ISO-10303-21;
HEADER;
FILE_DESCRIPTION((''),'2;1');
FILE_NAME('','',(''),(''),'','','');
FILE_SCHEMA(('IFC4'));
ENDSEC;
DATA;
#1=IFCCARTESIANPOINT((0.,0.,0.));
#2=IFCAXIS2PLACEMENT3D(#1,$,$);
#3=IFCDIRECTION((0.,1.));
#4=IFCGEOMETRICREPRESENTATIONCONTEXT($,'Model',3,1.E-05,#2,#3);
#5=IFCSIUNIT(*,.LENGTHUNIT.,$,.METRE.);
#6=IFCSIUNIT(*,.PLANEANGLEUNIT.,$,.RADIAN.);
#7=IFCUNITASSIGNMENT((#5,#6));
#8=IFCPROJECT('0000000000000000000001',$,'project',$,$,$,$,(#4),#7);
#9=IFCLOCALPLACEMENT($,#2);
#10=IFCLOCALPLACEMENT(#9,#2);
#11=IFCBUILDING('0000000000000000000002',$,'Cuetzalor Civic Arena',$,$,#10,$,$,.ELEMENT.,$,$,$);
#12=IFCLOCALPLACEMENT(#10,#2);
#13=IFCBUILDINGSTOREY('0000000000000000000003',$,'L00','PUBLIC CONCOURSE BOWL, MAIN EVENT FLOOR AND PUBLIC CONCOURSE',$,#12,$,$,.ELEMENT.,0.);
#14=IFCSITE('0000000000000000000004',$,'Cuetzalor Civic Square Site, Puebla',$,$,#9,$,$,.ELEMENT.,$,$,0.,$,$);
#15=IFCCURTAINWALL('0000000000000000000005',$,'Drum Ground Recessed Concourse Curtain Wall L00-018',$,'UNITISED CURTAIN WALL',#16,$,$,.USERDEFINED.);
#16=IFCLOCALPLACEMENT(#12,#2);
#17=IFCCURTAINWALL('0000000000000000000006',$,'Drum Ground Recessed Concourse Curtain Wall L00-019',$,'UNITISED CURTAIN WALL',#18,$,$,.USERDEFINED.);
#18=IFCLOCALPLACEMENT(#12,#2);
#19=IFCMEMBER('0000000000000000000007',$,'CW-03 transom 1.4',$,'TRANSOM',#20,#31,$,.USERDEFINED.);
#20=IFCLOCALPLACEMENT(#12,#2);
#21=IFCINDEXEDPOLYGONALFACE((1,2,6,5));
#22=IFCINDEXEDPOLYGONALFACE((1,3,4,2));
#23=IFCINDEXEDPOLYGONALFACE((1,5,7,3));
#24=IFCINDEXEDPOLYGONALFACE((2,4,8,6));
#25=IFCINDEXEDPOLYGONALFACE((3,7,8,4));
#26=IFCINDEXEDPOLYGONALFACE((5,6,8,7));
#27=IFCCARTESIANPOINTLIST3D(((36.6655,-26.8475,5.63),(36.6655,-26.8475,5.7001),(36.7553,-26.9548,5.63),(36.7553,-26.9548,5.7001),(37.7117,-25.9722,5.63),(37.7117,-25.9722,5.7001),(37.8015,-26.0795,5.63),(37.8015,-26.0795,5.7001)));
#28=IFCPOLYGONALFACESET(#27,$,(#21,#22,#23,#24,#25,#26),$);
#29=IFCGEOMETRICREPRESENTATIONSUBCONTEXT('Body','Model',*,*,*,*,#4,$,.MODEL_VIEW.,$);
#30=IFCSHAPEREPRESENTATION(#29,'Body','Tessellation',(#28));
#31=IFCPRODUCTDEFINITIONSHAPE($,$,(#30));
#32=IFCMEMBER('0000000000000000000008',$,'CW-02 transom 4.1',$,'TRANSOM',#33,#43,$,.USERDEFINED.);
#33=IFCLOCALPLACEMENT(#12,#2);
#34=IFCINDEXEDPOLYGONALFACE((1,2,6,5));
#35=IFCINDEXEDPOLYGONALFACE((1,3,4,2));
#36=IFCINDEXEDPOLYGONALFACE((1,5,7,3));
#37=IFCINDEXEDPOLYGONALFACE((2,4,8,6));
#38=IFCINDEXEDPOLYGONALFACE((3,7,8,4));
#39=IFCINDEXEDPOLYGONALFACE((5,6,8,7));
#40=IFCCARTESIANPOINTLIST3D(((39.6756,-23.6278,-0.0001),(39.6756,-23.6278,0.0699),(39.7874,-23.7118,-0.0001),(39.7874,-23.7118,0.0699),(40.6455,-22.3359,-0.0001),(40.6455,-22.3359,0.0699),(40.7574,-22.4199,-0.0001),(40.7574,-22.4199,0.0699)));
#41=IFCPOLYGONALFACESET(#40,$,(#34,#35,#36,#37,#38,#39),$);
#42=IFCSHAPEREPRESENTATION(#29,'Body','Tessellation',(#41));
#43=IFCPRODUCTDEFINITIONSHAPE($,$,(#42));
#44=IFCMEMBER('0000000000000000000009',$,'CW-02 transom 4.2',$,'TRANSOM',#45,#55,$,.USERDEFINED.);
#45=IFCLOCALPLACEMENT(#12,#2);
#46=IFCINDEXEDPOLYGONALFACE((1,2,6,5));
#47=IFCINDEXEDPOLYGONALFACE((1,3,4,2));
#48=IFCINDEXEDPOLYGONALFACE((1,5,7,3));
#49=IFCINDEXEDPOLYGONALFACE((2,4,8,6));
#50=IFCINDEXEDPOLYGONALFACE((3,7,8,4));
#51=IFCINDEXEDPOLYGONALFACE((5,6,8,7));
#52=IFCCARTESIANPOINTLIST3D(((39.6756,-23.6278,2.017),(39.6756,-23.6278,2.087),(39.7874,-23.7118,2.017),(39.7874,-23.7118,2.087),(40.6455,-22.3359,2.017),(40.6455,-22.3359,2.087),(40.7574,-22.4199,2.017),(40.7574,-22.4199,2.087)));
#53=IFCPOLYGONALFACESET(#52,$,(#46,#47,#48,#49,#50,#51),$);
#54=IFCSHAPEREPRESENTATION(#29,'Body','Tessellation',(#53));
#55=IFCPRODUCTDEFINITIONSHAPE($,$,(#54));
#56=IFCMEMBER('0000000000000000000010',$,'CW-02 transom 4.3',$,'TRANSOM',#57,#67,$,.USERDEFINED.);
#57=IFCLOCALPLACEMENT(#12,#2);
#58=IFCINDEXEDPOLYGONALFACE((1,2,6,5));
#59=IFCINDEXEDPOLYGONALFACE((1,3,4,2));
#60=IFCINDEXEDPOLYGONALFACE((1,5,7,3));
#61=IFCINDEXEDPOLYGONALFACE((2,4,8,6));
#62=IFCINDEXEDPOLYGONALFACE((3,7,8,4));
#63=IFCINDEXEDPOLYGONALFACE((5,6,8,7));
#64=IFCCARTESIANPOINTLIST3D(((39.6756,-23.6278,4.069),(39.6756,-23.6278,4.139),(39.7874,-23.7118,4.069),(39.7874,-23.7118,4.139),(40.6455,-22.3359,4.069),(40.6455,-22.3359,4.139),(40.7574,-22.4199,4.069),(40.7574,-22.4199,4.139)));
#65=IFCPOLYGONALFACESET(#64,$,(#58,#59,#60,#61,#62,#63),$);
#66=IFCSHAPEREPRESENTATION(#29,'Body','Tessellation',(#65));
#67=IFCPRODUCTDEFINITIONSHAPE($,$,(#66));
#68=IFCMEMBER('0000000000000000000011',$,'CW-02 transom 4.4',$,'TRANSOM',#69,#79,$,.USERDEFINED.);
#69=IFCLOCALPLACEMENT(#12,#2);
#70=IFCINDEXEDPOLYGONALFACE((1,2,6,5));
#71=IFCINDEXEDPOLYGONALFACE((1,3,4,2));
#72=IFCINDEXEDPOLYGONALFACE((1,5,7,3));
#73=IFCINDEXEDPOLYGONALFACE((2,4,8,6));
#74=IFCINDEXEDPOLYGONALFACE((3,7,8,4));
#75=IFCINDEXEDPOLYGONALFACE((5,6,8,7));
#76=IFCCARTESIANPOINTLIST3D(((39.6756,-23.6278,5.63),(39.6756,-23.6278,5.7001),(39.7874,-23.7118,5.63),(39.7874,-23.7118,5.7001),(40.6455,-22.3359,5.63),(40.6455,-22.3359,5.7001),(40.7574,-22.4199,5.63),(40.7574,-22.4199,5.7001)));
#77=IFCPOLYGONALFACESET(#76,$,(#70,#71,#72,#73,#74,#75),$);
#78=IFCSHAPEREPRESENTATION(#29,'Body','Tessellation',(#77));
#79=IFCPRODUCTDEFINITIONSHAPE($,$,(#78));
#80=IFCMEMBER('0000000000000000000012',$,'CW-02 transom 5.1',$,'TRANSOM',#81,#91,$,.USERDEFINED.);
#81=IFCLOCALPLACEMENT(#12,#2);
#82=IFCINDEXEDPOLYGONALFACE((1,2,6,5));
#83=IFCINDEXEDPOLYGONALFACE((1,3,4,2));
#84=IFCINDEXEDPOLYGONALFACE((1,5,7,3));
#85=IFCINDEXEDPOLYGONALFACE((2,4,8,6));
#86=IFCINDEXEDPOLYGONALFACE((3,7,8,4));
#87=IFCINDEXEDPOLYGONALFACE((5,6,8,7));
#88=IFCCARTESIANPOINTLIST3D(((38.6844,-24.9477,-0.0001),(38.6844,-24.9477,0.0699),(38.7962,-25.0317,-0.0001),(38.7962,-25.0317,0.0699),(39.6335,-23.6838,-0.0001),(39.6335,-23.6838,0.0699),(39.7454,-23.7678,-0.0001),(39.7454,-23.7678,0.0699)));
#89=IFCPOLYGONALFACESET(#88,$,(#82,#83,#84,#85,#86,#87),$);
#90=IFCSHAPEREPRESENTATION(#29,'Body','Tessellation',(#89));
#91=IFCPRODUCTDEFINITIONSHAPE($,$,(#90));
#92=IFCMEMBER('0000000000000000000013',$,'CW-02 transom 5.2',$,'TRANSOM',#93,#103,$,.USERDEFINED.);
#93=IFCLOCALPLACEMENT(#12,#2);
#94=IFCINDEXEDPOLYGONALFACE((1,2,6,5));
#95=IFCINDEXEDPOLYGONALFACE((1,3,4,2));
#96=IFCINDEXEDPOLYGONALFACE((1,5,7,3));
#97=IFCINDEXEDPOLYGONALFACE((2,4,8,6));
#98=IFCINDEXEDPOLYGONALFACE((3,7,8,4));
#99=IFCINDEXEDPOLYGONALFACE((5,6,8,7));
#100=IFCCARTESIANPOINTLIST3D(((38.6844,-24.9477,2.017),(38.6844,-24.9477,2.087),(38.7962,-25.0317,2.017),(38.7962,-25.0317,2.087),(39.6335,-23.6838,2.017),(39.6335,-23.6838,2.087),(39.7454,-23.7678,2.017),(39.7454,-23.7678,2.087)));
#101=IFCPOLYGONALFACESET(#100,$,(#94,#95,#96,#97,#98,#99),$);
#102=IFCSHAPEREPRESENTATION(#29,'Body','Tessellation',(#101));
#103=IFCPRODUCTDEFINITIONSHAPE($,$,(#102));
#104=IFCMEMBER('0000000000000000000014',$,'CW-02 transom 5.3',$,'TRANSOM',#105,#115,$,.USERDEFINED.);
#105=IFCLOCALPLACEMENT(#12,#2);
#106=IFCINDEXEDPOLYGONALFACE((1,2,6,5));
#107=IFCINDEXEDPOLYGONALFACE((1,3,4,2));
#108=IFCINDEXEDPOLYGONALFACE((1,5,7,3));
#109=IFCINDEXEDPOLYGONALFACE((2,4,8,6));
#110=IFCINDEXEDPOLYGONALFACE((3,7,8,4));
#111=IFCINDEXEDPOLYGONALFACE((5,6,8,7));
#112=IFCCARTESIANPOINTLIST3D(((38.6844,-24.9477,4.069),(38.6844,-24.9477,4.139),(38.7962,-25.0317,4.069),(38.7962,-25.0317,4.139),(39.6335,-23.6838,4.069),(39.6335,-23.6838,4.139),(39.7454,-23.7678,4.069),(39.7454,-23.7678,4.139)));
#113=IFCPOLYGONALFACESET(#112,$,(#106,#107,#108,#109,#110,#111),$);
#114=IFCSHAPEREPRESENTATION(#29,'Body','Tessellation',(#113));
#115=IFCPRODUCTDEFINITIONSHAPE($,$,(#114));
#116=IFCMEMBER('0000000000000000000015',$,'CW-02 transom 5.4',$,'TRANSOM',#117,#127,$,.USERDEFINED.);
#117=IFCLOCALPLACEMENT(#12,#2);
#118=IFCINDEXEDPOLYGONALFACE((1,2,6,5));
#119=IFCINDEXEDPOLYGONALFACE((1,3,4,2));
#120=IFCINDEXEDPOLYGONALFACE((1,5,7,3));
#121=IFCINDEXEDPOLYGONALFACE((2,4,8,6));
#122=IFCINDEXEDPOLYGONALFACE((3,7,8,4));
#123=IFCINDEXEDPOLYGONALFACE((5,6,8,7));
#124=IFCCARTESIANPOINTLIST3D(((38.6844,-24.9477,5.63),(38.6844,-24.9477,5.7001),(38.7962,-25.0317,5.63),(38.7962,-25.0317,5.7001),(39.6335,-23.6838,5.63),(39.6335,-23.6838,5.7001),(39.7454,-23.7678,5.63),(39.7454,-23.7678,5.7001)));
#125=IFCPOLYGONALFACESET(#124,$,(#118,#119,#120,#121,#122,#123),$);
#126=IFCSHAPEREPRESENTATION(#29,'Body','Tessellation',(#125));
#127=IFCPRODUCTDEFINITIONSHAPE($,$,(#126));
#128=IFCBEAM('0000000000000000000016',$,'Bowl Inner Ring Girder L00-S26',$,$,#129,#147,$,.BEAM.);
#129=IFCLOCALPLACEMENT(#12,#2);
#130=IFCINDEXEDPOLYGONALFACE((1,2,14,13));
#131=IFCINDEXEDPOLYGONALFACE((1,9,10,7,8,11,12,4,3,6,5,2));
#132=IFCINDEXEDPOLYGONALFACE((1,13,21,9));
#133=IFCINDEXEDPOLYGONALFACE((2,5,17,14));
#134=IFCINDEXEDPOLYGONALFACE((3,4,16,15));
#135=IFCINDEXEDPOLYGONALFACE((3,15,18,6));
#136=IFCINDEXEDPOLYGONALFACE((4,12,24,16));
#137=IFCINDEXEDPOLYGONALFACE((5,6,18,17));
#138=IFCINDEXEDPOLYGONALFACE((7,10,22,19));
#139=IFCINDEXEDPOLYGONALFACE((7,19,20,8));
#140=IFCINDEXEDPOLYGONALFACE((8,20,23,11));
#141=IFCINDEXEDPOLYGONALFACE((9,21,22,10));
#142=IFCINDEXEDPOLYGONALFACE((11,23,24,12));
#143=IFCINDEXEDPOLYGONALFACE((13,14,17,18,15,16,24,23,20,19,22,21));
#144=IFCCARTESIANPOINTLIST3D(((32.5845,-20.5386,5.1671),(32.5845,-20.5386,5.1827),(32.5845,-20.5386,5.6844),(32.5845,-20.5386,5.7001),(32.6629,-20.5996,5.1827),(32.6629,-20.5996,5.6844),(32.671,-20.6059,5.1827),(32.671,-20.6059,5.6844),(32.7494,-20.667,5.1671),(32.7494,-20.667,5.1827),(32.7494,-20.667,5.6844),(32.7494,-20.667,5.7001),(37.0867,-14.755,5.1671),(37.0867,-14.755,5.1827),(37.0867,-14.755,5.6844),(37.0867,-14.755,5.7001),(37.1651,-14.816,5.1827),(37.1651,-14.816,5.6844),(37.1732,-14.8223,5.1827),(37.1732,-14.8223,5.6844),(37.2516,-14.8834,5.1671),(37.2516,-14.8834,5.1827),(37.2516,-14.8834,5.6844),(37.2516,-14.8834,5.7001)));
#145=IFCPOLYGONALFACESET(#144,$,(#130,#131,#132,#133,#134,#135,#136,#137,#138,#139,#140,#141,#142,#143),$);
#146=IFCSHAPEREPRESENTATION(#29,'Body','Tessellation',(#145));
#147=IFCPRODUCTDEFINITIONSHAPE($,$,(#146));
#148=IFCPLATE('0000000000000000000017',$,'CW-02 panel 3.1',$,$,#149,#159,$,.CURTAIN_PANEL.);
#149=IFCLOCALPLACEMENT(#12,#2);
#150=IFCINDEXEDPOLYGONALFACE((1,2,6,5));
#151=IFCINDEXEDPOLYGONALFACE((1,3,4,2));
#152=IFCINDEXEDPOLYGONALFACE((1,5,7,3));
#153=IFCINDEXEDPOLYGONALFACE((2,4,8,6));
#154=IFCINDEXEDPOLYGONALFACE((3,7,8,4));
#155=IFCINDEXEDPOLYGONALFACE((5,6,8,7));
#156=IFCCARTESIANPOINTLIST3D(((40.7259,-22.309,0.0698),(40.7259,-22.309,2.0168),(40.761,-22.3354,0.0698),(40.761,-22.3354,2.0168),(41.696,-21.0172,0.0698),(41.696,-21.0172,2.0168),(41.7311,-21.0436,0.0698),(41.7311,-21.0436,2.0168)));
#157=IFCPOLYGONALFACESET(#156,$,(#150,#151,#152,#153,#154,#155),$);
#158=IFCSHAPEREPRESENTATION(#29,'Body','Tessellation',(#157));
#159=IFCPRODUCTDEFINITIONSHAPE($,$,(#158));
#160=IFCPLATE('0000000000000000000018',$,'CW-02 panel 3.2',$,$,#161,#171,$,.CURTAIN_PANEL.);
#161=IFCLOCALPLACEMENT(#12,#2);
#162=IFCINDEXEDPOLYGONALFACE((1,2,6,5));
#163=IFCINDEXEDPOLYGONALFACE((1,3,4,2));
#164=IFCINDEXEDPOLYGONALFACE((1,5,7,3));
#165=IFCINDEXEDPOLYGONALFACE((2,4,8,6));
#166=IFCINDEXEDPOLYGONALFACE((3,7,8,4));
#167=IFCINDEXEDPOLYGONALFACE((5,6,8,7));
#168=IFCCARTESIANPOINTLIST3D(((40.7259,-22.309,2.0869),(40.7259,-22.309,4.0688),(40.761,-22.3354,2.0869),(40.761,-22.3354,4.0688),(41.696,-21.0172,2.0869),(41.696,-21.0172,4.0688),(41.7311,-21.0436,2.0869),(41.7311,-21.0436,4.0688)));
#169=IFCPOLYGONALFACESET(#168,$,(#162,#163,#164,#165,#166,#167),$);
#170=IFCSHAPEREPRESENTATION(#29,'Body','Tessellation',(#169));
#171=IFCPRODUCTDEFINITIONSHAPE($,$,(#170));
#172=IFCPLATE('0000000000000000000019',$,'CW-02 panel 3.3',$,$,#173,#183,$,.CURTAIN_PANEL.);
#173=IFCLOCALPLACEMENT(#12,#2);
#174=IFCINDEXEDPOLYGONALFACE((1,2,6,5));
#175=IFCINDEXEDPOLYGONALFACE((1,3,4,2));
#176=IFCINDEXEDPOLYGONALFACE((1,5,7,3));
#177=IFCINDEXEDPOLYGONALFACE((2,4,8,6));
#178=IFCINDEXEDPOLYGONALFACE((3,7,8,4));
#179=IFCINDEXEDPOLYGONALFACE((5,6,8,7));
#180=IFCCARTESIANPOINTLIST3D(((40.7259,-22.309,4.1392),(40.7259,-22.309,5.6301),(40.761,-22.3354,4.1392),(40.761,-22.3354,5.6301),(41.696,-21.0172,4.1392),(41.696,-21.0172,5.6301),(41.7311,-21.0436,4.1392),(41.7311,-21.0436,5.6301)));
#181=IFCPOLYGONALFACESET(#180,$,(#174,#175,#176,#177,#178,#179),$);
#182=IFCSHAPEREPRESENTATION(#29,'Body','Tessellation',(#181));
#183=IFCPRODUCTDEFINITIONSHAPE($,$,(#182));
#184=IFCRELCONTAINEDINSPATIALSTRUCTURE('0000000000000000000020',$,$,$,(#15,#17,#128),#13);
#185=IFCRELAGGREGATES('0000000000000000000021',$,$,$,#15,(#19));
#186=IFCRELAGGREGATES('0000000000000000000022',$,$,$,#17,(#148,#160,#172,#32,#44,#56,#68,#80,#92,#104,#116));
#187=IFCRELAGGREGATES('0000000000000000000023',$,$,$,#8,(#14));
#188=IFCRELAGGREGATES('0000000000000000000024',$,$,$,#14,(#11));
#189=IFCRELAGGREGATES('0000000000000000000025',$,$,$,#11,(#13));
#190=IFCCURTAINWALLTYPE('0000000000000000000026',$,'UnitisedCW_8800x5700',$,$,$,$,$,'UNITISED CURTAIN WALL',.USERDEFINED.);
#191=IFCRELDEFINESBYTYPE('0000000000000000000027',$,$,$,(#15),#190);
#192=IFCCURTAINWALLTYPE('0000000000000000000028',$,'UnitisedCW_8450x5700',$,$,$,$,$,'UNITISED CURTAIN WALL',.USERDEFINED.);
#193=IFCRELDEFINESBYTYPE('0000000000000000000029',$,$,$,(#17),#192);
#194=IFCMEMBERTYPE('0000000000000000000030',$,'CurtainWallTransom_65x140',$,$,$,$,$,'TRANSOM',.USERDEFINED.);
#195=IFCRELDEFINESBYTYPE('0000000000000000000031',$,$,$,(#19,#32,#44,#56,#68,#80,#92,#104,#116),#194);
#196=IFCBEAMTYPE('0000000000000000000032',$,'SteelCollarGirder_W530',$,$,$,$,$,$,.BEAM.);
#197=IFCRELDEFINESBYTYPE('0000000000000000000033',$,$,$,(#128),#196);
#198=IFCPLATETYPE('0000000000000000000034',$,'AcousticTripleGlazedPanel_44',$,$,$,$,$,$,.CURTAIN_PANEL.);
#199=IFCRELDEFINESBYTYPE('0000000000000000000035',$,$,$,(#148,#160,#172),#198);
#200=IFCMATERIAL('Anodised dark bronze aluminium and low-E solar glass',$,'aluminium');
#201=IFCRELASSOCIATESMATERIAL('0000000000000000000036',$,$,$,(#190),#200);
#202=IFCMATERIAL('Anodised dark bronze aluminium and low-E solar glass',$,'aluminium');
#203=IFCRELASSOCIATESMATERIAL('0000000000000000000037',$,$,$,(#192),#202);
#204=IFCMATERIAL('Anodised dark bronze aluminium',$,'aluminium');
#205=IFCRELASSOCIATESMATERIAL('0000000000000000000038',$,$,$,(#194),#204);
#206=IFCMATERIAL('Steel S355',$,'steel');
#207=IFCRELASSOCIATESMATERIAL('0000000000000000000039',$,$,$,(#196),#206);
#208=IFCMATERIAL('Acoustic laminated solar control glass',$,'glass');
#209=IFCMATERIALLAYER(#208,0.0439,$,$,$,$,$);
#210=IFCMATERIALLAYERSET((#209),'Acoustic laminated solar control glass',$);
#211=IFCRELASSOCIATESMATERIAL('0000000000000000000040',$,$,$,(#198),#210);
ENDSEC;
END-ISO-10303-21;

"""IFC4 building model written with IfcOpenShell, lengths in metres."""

from ifc_helpers import new_model, si_unit, direction, frame, origin, origin_2d, place, context, subcontext, project, spatial, rectangle, i_section, extrude, material, layer, layer_set, material_profile, profile_set, type_object, element, aggregate, save


model = new_model("IFC4")

# Units and contexts
model_context = context("Model", 3, precision=1e-05, world=origin(), true_north=direction((0.0, 1.0)))
body_context = subcontext(model_context, "Body", "Model", "MODEL_VIEW")
ifc_project = project(units=[si_unit("LENGTHUNIT", "METRE"), si_unit("PLANEANGLEUNIT", "RADIAN")], contexts=[model_context])

# Site, building, storey
site_placement = place(None, origin())
site = spatial("IfcSite", under=ifc_project, at=site_placement, Name="Cuetzalor Civic Square Site, Puebla", CompositionType="ELEMENT", RefElevation=0.0)
building_placement = place(site_placement, origin())
building = spatial("IfcBuilding", under=site, at=building_placement, Name="Cuetzalor Civic Arena", CompositionType="ELEMENT")
storey_placement = place(building_placement, origin())
storey = spatial("IfcBuildingStorey", under=building, at=storey_placement, Name="L00", Description="PUBLIC CONCOURSE BOWL, MAIN EVENT FLOOR AND PUBLIC CONCOURSE", CompositionType="ELEMENT", Elevation=0.0)

# Curtain wall
ifc_material_1 = material(Name="Anodised dark bronze aluminium and low-E solar glass", Category="aluminium")
curtain_wall_type_1 = type_object("IfcCurtainWallType", Name="UnitisedCW_8800x5700", ElementType="UNITISED CURTAIN WALL", PredefinedType="USERDEFINED", material=ifc_material_1)
curtain_wall_1_placement = place(storey_placement, origin())
curtain_wall_1 = element("IfcCurtainWall", 1, at=curtain_wall_1_placement, inside=storey, type_object=curtain_wall_type_1, Name="Drum Ground Recessed Concourse Curtain Wall L00-018", ObjectType="UNITISED CURTAIN WALL", PredefinedType="USERDEFINED")

# Curtain wall
ifc_material_2 = material(Name="Anodised dark bronze aluminium and low-E solar glass", Category="aluminium")
curtain_wall_type_2 = type_object("IfcCurtainWallType", Name="UnitisedCW_8450x5700", ElementType="UNITISED CURTAIN WALL", PredefinedType="USERDEFINED", material=ifc_material_2)
curtain_wall_2_placement = place(storey_placement, origin())
curtain_wall_2 = element("IfcCurtainWall", 2, at=curtain_wall_2_placement, inside=storey, type_object=curtain_wall_type_2, Name="Drum Ground Recessed Concourse Curtain Wall L00-019", ObjectType="UNITISED CURTAIN WALL", PredefinedType="USERDEFINED")

# Members
ifc_material_3 = material(Name="Anodised dark bronze aluminium", Category="aluminium")
ifc_material_profile_1 = material_profile(ifc_material_3, rectangle(XDim=0.1399, YDim=0.0701, at=origin_2d()), Name="ALU TRANSOM 70x140")
ifc_profile_set_1 = profile_set([ifc_material_profile_1], Name="Anodised dark bronze aluminium")
member_type_1 = type_object("IfcMemberType", Name="CurtainWallTransom_65x140", ElementType="TRANSOM", PredefinedType="USERDEFINED", material=ifc_profile_set_1)
member_1_placement = place(storey_placement, frame((37.7566, -26.0259, 5.665), z_axis=(-0.766973, -0.64168, 0.0), x_axis=(0.64168, -0.766973, 0.0)))
member_1 = element("IfcMember", 3, at=member_1_placement, type_object=member_type_1, Name="CW-03 transom 1.4", ObjectType="TRANSOM", PredefinedType="USERDEFINED", context=body_context, shape_type="SweptSolid", body=[
    extrude(rectangle(XDim=0.1399, YDim=0.0701, at=origin_2d()), origin(), (0.0, 0.0, 1.0), 1.364),
])
aggregate(curtain_wall_1, [member_1])
member_2_placement = place(storey_placement, frame((40.7014, -22.3779, 0.0349), z_axis=(-0.600387, -0.79971, 0.0), x_axis=(0.79971, -0.600387, 0.0)))
member_2 = element("IfcMember", 4, at=member_2_placement, type_object=member_type_1, Name="CW-02 transom 4.1", ObjectType="TRANSOM", PredefinedType="USERDEFINED", context=body_context, shape_type="SweptSolid", body=[
    extrude(rectangle(XDim=0.1399, YDim=0.0701, at=origin_2d()), origin(), (0.0, 0.0, 1.0), 1.6155),
])
member_3_placement = place(storey_placement, frame((40.7014, -22.3779, 2.052), z_axis=(-0.600387, -0.79971, 0.0), x_axis=(0.79971, -0.600387, 0.0)))
member_3 = element("IfcMember", 5, at=member_3_placement, type_object=member_type_1, Name="CW-02 transom 4.2", ObjectType="TRANSOM", PredefinedType="USERDEFINED", context=body_context, shape_type="SweptSolid", body=[
    extrude(rectangle(XDim=0.1399, YDim=0.0701, at=origin_2d()), origin(), (0.0, 0.0, 1.0), 1.6155),
])
member_4_placement = place(storey_placement, frame((40.7014, -22.3779, 4.104), z_axis=(-0.600387, -0.79971, 0.0), x_axis=(0.79971, -0.600387, 0.0)))
member_4 = element("IfcMember", 6, at=member_4_placement, type_object=member_type_1, Name="CW-02 transom 4.3", ObjectType="TRANSOM", PredefinedType="USERDEFINED", context=body_context, shape_type="SweptSolid", body=[
    extrude(rectangle(XDim=0.1399, YDim=0.0701, at=origin_2d()), origin(), (0.0, 0.0, 1.0), 1.6155),
])
member_5_placement = place(storey_placement, frame((40.7014, -22.3779, 5.665), z_axis=(-0.600387, -0.79971, 0.0), x_axis=(0.79971, -0.600387, 0.0)))
member_5 = element("IfcMember", 7, at=member_5_placement, type_object=member_type_1, Name="CW-02 transom 4.4", ObjectType="TRANSOM", PredefinedType="USERDEFINED", context=body_context, shape_type="SweptSolid", body=[
    extrude(rectangle(XDim=0.1399, YDim=0.0701, at=origin_2d()), origin(), (0.0, 0.0, 1.0), 1.6155),
])
member_6_placement = place(storey_placement, frame((39.6895, -23.7258, 0.0349), z_axis=(-0.600519, -0.799611, 0.0), x_axis=(0.799611, -0.600519, 0.0)))
member_6 = element("IfcMember", 8, at=member_6_placement, type_object=member_type_1, Name="CW-02 transom 5.1", ObjectType="TRANSOM", PredefinedType="USERDEFINED", context=body_context, shape_type="SweptSolid", body=[
    extrude(rectangle(XDim=0.1399, YDim=0.0701, at=origin_2d()), origin(), (0.0, 0.0, 1.0), 1.5806),
])
member_7_placement = place(storey_placement, frame((39.6895, -23.7258, 2.052), z_axis=(-0.600519, -0.799611, 0.0), x_axis=(0.799611, -0.600519, 0.0)))
member_7 = element("IfcMember", 9, at=member_7_placement, type_object=member_type_1, Name="CW-02 transom 5.2", ObjectType="TRANSOM", PredefinedType="USERDEFINED", context=body_context, shape_type="SweptSolid", body=[
    extrude(rectangle(XDim=0.1399, YDim=0.0701, at=origin_2d()), origin(), (0.0, 0.0, 1.0), 1.5806),
])
member_8_placement = place(storey_placement, frame((39.6895, -23.7258, 4.104), z_axis=(-0.600519, -0.799611, 0.0), x_axis=(0.799611, -0.600519, 0.0)))
member_8 = element("IfcMember", 10, at=member_8_placement, type_object=member_type_1, Name="CW-02 transom 5.3", ObjectType="TRANSOM", PredefinedType="USERDEFINED", context=body_context, shape_type="SweptSolid", body=[
    extrude(rectangle(XDim=0.1399, YDim=0.0701, at=origin_2d()), origin(), (0.0, 0.0, 1.0), 1.5806),
])
member_9_placement = place(storey_placement, frame((39.6895, -23.7258, 5.665), z_axis=(-0.600519, -0.799611, 0.0), x_axis=(0.799611, -0.600519, 0.0)))
member_9 = element("IfcMember", 11, at=member_9_placement, type_object=member_type_1, Name="CW-02 transom 5.4", ObjectType="TRANSOM", PredefinedType="USERDEFINED", context=body_context, shape_type="SweptSolid", body=[
    extrude(rectangle(XDim=0.1399, YDim=0.0701, at=origin_2d()), origin(), (0.0, 0.0, 1.0), 1.5806),
])

# Beam
ifc_material_4 = material(Name="Steel S355", Category="steel")
ifc_material_profile_2 = material_profile(ifc_material_4, i_section(OverallWidth=0.209, OverallDepth=0.533, WebThickness=0.0103, FlangeThickness=0.0156, at=origin_2d()), Name="W530x92")
ifc_profile_set_2 = profile_set([ifc_material_profile_2], Name="Steel S355")
beam_type = type_object("IfcBeamType", Name="SteelCollarGirder_W530", PredefinedType="BEAM", material=ifc_profile_set_2)
beam_placement = place(storey_placement, frame((32.667, -20.6028, 5.4336), z_axis=(0.614261, 0.789103, 0.0), x_axis=(-0.789103, 0.614261, 0.0)))
element("IfcBeam", 12, at=beam_placement, inside=storey, type_object=beam_type, Name="Bowl Inner Ring Girder L00-S26", PredefinedType="BEAM", context=body_context, shape_type="SweptSolid", body=[
    extrude(i_section(OverallWidth=0.209, OverallDepth=0.533, WebThickness=0.0103, FlangeThickness=0.0156, at=origin_2d()), origin(), (0.0, 0.0, 1.0), 7.3293),
])

# Plates
ifc_material_5 = material(Name="Acoustic laminated solar control glass", Category="glass")
ifc_layer_1 = layer(ifc_material_5, 0.0439)
ifc_layer_set_1 = layer_set([ifc_layer_1], Name="Acoustic laminated solar control glass")
plate_type = type_object("IfcPlateType", Name="AcousticTripleGlazedPanel_44", PredefinedType="CURTAIN_PANEL", material=ifc_layer_set_1)
plate_1_placement = place(storey_placement, frame((41.2285, -21.6763, 0.0698), z_axis=(0.0, 0.0, 1.0), x_axis=(-0.600492, -0.799631, 0.0)))
plate_1 = element("IfcPlate", 13, at=plate_1_placement, type_object=plate_type, Name="CW-02 panel 3.1", PredefinedType="CURTAIN_PANEL", context=body_context, shape_type="SweptSolid", body=[
    extrude(rectangle(XDim=1.6155, YDim=0.0439, at=origin_2d()), origin(), (0.0, 0.0, 1.0), 1.947),
])
plate_2_placement = place(storey_placement, frame((41.2285, -21.6763, 2.0869), z_axis=(0.0, 0.0, 1.0), x_axis=(-0.600492, -0.799631, 0.0)))
plate_2 = element("IfcPlate", 14, at=plate_2_placement, type_object=plate_type, Name="CW-02 panel 3.2", PredefinedType="CURTAIN_PANEL", context=body_context, shape_type="SweptSolid", body=[
    extrude(rectangle(XDim=1.6155, YDim=0.0439, at=origin_2d()), origin(), (0.0, 0.0, 1.0), 1.9819),
])
plate_3_placement = place(storey_placement, frame((41.2285, -21.6763, 4.1392), z_axis=(0.0, 0.0, 1.0), x_axis=(-0.600492, -0.799631, 0.0)))
plate_3 = element("IfcPlate", 15, at=plate_3_placement, type_object=plate_type, Name="CW-02 panel 3.3", PredefinedType="CURTAIN_PANEL", context=body_context, shape_type="SweptSolid", body=[
    extrude(rectangle(XDim=1.6155, YDim=0.0439, at=origin_2d()), origin(), (0.0, 0.0, 1.0), 1.491),
])
aggregate(curtain_wall_2, [plate_1, plate_2, plate_3, member_2, member_3, member_4, member_5, member_6, member_7, member_8, member_9])

save(model, "model.ifc")
